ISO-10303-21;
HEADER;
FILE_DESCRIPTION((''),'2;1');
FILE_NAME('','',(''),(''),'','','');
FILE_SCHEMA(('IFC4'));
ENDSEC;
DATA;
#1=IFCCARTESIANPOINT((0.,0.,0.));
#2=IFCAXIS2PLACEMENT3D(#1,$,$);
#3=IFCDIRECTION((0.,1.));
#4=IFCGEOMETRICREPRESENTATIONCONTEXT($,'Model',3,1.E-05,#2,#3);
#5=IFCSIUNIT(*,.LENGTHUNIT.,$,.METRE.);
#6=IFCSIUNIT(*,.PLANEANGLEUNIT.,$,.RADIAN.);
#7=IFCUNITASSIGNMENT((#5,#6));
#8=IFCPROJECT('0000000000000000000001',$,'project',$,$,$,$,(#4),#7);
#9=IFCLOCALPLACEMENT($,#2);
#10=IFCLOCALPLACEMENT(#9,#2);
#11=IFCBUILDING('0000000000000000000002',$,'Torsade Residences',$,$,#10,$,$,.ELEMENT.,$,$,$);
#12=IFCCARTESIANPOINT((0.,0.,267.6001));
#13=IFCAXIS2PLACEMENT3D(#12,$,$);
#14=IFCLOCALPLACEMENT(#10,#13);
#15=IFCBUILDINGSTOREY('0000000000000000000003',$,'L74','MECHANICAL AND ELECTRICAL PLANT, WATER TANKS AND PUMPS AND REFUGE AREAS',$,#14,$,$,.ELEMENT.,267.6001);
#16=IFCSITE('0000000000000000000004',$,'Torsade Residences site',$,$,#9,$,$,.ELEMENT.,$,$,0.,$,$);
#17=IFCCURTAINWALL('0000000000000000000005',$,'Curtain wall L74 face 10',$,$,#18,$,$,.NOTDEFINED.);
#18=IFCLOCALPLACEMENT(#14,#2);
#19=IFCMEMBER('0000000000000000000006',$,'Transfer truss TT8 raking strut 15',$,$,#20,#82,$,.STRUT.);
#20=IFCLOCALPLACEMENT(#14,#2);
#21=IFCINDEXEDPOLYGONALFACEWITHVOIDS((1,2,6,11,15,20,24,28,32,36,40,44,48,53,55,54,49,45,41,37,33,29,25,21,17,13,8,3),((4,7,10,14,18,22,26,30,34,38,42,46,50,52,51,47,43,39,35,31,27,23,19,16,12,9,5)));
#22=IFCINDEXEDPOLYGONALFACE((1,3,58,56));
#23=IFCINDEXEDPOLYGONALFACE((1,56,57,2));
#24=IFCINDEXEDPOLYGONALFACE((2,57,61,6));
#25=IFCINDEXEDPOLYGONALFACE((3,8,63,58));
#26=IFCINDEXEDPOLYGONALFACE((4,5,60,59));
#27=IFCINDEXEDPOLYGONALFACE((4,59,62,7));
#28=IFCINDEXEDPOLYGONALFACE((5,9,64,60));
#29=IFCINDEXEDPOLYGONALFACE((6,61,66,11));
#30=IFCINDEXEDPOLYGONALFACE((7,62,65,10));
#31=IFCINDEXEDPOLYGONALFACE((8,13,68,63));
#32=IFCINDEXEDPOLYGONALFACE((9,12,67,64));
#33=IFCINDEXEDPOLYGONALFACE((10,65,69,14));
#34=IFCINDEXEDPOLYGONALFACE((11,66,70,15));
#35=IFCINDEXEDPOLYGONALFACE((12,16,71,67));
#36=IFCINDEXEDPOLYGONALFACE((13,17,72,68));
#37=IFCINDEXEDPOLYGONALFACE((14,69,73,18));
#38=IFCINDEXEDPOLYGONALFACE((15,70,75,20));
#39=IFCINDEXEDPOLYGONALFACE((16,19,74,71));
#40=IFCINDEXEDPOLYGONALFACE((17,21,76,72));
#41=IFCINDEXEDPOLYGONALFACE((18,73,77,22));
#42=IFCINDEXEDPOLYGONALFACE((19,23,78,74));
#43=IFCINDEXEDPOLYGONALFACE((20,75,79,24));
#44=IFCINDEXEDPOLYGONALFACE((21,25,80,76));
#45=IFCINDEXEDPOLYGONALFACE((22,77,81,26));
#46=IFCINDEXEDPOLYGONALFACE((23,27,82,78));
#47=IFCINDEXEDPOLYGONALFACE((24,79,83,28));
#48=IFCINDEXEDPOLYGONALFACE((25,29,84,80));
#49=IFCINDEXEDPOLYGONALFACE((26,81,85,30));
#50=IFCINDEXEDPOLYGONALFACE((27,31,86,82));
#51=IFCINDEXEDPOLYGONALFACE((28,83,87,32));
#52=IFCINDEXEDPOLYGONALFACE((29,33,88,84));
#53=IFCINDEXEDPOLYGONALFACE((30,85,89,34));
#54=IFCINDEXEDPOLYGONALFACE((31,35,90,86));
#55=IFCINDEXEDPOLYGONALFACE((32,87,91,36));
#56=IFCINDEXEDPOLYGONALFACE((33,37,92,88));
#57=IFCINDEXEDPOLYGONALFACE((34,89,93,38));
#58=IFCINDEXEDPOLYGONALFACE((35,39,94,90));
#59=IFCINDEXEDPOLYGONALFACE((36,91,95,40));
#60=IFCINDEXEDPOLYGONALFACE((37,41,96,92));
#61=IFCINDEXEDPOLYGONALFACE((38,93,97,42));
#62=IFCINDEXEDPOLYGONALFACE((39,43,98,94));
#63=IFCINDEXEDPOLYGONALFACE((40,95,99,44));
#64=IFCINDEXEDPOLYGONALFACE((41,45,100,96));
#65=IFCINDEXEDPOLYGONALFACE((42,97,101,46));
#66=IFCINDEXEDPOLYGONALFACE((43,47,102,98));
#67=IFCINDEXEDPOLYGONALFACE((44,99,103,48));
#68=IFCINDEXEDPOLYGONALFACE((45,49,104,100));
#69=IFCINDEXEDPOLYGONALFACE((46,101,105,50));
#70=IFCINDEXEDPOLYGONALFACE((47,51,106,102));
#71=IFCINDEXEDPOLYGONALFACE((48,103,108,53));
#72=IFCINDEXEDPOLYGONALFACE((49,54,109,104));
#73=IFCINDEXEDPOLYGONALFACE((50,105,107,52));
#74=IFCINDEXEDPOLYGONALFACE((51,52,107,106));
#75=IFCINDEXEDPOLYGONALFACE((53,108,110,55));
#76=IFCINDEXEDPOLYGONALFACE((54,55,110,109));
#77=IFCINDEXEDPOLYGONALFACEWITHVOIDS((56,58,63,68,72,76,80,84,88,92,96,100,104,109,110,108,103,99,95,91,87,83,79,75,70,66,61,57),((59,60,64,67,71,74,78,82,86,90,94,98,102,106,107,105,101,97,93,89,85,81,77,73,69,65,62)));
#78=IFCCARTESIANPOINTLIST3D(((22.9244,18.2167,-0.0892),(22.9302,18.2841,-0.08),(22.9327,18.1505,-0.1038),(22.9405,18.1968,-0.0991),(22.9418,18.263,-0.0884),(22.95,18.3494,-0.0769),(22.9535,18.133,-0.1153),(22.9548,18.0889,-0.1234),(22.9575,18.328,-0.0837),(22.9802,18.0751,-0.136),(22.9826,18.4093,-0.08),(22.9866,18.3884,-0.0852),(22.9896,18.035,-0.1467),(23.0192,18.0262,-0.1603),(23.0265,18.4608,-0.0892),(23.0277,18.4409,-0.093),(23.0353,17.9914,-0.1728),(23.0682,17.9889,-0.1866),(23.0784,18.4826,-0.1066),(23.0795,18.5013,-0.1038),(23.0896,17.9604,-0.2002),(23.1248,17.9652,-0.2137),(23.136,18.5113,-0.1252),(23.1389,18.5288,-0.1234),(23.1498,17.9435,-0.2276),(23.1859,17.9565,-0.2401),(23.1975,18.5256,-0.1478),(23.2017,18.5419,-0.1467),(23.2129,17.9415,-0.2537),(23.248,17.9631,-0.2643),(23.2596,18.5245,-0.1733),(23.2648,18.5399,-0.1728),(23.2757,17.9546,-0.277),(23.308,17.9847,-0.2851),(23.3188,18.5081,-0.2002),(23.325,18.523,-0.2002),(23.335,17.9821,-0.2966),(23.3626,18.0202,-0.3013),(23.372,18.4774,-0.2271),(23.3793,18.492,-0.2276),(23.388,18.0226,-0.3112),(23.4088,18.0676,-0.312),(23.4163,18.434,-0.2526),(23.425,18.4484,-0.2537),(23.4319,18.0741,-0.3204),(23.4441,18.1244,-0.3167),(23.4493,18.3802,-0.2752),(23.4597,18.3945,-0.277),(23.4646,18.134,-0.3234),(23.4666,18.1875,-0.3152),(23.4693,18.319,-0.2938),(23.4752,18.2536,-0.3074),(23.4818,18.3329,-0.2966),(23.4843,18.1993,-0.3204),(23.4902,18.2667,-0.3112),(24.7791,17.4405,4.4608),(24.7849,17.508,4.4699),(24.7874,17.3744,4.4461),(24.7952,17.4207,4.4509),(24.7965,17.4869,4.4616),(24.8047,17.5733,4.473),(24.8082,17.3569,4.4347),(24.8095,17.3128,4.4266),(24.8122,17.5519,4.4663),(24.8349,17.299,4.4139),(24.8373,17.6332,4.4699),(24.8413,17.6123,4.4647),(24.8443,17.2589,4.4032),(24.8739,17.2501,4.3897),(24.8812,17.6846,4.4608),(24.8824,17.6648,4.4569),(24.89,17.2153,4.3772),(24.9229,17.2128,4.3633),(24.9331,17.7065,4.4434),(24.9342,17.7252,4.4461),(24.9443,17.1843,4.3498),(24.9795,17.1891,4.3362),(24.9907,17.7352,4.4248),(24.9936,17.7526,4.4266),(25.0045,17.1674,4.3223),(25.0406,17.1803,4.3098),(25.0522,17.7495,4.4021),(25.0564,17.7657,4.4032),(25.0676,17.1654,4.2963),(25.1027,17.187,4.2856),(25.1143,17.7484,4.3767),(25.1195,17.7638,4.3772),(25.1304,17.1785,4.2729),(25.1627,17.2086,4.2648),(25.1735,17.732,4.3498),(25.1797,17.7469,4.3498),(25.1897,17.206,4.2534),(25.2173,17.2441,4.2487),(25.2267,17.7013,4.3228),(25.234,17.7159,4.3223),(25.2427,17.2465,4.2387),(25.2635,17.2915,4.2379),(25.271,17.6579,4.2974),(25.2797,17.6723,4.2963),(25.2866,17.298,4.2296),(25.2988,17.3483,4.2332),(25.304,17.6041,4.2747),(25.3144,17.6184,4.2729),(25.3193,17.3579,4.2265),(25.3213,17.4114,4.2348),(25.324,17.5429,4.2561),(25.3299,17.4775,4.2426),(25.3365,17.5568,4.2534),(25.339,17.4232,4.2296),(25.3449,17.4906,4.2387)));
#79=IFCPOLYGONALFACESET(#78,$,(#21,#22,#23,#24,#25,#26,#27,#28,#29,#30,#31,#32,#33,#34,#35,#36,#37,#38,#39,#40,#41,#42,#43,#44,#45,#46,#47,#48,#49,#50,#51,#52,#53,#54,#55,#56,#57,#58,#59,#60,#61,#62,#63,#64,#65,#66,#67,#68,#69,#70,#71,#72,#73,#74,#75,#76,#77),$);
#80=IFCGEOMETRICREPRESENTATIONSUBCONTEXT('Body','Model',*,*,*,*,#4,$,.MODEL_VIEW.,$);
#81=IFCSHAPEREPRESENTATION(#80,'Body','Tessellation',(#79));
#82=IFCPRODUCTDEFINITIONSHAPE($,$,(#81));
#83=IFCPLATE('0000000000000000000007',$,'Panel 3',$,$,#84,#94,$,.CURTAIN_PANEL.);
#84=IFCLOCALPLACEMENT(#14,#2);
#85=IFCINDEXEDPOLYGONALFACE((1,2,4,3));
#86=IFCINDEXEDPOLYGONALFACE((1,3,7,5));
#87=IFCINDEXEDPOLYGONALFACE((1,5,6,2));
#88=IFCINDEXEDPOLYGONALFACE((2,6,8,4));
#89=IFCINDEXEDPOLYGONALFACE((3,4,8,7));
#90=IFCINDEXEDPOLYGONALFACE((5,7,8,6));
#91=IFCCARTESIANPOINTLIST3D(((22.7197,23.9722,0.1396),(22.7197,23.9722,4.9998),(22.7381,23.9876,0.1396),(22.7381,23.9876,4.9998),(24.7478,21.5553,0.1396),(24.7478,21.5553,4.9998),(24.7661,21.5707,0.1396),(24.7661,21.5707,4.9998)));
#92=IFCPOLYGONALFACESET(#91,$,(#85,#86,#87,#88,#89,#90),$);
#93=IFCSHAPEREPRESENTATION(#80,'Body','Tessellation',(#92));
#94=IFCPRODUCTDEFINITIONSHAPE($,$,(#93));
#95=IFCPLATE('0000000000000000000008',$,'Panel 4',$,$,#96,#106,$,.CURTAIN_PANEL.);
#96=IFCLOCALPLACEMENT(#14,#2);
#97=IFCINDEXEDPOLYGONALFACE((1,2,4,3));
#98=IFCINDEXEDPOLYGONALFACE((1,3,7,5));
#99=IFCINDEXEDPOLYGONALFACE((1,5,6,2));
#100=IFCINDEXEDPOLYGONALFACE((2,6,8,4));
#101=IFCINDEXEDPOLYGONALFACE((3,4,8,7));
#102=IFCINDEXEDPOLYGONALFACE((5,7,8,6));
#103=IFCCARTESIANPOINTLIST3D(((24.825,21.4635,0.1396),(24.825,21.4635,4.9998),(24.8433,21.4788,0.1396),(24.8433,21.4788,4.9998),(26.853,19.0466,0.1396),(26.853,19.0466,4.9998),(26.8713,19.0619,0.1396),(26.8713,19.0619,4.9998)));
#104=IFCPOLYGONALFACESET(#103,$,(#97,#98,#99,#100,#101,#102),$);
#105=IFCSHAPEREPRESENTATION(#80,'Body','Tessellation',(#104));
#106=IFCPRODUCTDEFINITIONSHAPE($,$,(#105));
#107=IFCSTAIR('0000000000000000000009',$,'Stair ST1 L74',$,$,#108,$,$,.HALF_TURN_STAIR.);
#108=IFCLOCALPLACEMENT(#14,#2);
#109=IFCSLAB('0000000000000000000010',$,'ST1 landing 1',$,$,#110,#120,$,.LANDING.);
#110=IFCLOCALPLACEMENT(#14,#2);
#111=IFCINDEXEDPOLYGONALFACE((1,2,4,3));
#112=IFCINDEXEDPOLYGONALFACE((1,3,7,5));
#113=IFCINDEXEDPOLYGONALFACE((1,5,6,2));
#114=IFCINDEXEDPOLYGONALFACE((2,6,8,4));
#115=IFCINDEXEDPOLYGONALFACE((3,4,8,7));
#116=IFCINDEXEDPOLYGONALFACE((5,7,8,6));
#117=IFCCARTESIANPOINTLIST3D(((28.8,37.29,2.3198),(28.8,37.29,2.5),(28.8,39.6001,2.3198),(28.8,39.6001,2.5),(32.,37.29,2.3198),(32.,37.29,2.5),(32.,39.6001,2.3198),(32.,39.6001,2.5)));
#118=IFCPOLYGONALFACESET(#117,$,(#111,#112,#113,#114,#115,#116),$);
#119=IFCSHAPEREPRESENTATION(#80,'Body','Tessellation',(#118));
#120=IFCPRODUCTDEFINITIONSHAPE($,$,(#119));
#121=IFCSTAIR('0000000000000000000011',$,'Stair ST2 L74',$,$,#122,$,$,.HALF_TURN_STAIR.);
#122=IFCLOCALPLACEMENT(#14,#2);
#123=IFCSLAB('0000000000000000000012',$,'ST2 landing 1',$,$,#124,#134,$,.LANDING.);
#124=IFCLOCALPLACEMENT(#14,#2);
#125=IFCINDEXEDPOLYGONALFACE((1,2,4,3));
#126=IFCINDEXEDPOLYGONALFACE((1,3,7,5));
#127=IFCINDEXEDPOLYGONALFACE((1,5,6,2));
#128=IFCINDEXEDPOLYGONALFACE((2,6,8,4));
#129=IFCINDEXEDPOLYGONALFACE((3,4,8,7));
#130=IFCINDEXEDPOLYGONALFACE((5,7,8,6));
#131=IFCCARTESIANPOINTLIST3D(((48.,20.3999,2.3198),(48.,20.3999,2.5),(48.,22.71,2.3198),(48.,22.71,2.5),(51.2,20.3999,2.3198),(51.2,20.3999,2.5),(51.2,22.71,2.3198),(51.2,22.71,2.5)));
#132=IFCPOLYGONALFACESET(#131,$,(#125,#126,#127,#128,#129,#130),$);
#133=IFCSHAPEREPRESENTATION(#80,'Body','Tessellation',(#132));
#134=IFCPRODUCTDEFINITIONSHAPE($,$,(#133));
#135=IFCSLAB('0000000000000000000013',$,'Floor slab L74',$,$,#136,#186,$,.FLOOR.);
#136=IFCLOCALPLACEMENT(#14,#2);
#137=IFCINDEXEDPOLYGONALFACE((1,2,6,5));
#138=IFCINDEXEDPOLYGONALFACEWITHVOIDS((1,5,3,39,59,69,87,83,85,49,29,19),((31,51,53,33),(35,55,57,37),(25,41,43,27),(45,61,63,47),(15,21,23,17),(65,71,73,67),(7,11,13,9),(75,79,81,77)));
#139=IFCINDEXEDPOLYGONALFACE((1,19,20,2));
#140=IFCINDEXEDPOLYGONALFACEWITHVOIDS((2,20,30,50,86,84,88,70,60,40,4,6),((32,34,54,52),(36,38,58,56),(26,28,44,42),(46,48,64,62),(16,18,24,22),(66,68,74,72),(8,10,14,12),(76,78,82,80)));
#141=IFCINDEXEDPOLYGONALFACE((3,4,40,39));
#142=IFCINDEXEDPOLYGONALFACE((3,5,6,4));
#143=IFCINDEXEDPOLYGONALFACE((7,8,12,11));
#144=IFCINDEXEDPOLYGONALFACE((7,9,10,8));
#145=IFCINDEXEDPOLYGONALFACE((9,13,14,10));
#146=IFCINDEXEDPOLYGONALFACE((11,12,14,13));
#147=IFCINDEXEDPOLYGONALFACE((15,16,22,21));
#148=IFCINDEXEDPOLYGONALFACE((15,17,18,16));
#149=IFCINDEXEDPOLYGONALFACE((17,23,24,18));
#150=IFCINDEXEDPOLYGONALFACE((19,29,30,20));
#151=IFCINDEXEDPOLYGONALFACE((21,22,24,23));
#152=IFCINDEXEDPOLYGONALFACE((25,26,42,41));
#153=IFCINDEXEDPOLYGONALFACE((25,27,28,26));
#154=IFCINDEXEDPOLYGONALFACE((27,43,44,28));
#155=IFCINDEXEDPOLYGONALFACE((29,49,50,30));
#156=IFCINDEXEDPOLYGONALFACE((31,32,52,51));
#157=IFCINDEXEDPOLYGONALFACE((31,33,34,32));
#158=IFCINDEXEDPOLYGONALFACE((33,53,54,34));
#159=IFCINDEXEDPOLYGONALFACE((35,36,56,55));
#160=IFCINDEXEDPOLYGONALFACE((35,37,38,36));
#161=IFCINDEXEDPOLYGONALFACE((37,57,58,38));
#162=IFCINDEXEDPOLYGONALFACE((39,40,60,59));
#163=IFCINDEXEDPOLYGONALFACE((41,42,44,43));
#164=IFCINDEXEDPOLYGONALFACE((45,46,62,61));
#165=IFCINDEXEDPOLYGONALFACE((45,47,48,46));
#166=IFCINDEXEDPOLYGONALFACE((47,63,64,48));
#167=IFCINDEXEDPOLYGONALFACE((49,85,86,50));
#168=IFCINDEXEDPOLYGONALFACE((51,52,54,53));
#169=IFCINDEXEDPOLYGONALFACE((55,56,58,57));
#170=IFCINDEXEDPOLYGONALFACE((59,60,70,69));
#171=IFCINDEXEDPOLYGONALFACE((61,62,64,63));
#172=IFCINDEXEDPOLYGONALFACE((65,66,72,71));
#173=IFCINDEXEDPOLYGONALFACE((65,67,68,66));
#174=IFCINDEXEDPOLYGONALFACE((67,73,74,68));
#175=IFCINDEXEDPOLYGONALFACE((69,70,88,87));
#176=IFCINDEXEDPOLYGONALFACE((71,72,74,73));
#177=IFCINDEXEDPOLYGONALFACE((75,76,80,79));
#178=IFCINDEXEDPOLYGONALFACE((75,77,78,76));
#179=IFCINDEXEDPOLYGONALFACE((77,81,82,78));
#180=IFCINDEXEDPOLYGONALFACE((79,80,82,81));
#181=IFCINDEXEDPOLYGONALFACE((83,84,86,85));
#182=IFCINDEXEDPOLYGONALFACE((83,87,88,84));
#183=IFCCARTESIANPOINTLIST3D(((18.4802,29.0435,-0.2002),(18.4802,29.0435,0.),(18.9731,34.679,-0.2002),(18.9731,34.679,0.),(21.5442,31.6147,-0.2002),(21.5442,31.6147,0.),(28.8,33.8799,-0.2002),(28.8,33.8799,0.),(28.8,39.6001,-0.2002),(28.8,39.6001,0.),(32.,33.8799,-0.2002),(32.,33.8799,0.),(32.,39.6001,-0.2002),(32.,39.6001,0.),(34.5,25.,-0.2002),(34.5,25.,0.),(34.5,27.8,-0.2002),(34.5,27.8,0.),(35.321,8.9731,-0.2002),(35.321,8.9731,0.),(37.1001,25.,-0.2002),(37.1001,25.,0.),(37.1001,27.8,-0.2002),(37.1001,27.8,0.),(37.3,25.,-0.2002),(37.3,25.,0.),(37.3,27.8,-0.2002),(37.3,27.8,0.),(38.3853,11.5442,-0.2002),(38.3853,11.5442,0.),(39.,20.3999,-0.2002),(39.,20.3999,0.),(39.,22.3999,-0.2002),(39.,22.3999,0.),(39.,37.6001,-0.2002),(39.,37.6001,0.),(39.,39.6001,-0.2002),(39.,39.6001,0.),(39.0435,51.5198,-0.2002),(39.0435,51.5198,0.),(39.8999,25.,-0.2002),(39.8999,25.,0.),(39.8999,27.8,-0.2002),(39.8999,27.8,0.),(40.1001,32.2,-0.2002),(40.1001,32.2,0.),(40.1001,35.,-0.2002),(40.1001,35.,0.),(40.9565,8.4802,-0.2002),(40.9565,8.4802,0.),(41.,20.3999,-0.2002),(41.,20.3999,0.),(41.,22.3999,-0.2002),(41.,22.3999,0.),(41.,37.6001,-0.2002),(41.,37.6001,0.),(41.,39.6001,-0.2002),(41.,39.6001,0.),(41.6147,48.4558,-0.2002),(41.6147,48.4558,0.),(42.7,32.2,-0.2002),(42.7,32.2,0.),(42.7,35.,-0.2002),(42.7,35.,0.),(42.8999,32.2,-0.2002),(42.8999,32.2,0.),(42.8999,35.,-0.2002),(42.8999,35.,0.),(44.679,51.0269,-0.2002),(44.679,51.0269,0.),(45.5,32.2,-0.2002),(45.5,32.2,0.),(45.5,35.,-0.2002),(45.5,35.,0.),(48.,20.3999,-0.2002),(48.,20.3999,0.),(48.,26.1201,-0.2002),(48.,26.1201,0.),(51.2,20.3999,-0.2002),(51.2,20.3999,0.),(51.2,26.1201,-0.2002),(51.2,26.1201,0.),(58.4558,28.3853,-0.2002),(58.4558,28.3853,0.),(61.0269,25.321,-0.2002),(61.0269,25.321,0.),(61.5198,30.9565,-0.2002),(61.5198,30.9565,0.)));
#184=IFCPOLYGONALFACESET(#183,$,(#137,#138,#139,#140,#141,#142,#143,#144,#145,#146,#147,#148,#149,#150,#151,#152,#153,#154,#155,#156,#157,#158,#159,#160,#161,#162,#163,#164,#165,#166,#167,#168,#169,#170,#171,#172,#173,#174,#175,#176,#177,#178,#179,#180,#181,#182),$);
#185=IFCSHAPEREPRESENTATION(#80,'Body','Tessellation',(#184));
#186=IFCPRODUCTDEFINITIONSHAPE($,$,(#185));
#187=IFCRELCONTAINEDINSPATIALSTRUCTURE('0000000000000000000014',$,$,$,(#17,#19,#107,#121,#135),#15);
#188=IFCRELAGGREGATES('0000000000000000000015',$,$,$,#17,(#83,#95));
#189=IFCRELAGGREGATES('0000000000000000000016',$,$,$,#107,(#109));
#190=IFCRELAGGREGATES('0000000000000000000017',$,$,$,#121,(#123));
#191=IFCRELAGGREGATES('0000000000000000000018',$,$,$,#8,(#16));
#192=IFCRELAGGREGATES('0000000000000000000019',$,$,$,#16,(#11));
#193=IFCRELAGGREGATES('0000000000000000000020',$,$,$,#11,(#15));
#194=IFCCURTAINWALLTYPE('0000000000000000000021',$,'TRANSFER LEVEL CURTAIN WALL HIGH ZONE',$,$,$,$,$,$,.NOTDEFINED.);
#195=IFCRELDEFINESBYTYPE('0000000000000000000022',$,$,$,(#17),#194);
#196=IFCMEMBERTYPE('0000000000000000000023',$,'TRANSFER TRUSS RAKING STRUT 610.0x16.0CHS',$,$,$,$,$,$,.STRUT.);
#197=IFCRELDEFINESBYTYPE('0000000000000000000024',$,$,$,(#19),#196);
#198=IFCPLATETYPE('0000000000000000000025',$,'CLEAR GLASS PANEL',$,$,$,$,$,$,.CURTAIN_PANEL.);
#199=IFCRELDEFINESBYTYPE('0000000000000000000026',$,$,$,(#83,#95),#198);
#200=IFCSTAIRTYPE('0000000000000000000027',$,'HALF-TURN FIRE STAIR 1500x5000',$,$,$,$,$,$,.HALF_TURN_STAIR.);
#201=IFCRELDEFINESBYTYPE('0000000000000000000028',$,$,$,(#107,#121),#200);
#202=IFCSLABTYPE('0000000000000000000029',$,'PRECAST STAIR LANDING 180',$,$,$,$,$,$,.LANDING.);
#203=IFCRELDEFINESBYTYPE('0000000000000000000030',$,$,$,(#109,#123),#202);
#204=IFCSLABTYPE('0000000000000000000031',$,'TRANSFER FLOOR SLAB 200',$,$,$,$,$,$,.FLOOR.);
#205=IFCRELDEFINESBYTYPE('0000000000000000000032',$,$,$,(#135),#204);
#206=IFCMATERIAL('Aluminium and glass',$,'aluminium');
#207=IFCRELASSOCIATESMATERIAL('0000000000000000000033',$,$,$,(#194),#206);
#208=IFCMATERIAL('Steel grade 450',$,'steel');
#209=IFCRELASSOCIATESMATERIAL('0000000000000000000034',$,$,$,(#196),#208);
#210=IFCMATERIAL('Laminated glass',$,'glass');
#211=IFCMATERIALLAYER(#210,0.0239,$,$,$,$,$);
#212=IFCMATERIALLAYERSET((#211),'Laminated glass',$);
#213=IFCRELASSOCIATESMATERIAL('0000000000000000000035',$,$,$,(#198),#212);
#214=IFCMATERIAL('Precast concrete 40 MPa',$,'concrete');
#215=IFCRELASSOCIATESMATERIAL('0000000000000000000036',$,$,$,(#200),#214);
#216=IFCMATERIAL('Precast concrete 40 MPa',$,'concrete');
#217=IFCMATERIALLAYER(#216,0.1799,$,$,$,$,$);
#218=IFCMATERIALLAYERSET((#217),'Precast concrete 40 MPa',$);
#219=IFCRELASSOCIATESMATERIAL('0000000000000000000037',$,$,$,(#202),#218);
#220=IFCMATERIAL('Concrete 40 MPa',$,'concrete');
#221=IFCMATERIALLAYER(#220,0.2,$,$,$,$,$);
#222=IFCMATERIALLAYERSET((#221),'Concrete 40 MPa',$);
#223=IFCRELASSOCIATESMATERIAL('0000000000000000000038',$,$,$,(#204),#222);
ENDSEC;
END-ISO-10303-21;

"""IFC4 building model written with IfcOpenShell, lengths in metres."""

from ifc_helpers import new_model, si_unit, direction, frame, origin, origin_2d, place, context, subcontext, project, spatial, polyline, rectangle, hollow_circle, outline, extrude, material, layer, layer_set, material_profile, profile_set, type_object, element, aggregate, save


model = new_model("IFC4")

# Units and contexts
model_context = context("Model", 3, precision=1e-05, world=origin(), true_north=direction((0.0, 1.0)))
body_context = subcontext(model_context, "Body", "Model", "MODEL_VIEW")
ifc_project = project(units=[si_unit("LENGTHUNIT", "METRE"), si_unit("PLANEANGLEUNIT", "RADIAN")], contexts=[model_context])

# Site, building, storey
site_placement = place(None, origin())
site = spatial("IfcSite", under=ifc_project, at=site_placement, Name="Torsade Residences site", CompositionType="ELEMENT", RefElevation=0.0)
building_placement = place(site_placement, origin())
building = spatial("IfcBuilding", under=site, at=building_placement, Name="Torsade Residences", CompositionType="ELEMENT")
storey_placement = place(building_placement, frame((0.0, 0.0, 267.6001)))
storey = spatial("IfcBuildingStorey", under=building, at=storey_placement, Name="L74", Description="MECHANICAL AND ELECTRICAL PLANT, WATER TANKS AND PUMPS AND REFUGE AREAS", CompositionType="ELEMENT", Elevation=267.6001)

# Curtain wall
ifc_material_1 = material(Name="Aluminium and glass", Category="aluminium")
curtain_wall_type = type_object("IfcCurtainWallType", Name="TRANSFER LEVEL CURTAIN WALL HIGH ZONE", PredefinedType="NOTDEFINED", material=ifc_material_1)
curtain_wall_placement = place(storey_placement, origin())
curtain_wall = element("IfcCurtainWall", 1, at=curtain_wall_placement, inside=storey, type_object=curtain_wall_type, Name="Curtain wall L74 face 10", PredefinedType="NOTDEFINED")

# Member
ifc_material_2 = material(Name="Steel grade 450", Category="steel")
ifc_material_profile_1 = material_profile(ifc_material_2, hollow_circle(Radius=0.3049, WallThickness=0.0161, at=origin_2d()), Name="610.0x16.0CHS")
ifc_profile_set_1 = profile_set([ifc_material_profile_1], Name="Steel grade 450")
member_type_1 = type_object("IfcMemberType", Name="TRANSFER TRUSS RAKING STRUT 610.0x16.0CHS", PredefinedType="STRUT", material=ifc_profile_set_1)
member_1_placement = place(storey_placement, frame((23.2073, 18.2417, -0.2002), z_axis=(0.372851, -0.156021, 0.91468), x_axis=(0.38602, 0.92249, 0.0)))
element("IfcMember", 2, at=member_1_placement, inside=storey, type_object=member_type_1, Name="Transfer truss TT8 raking strut 15", PredefinedType="STRUT", context=body_context, shape_type="SweptSolid", body=[
    extrude(hollow_circle(Radius=0.3049, WallThickness=0.0161, at=origin_2d()), origin(), (0.0, 0.0, 1.0), 4.9744),
])

# Plates
ifc_material_3 = material(Name="Laminated glass", Category="glass")
ifc_layer_1 = layer(ifc_material_3, 0.0239)
ifc_layer_set_1 = layer_set([ifc_layer_1], Name="Laminated glass")
plate_type = type_object("IfcPlateType", Name="CLEAR GLASS PANEL", PredefinedType="CURTAIN_PANEL", material=ifc_layer_set_1)
plate_1_placement = place(storey_placement, frame((23.7429, 22.7715, 0.1396), z_axis=(0.0, 0.0, 1.0), x_axis=(0.642788, -0.766044, 0.0)))
plate_1 = element("IfcPlate", 3, at=plate_1_placement, type_object=plate_type, Name="Panel 3", PredefinedType="CURTAIN_PANEL", context=body_context, shape_type="SweptSolid", body=[
    extrude(rectangle(XDim=3.155, YDim=0.0239, at=origin_2d()), origin(), (0.0, 0.0, 1.0), 4.8601),
])
plate_2_placement = place(storey_placement, frame((25.8481, 20.2627, 0.1396), z_axis=(0.0, 0.0, 1.0), x_axis=(0.642788, -0.766044, 0.0)))
plate_2 = element("IfcPlate", 4, at=plate_2_placement, type_object=plate_type, Name="Panel 4", PredefinedType="CURTAIN_PANEL", context=body_context, shape_type="SweptSolid", body=[
    extrude(rectangle(XDim=3.155, YDim=0.0239, at=origin_2d()), origin(), (0.0, 0.0, 1.0), 4.8601),
])
aggregate(curtain_wall, [plate_1, plate_2])

# Stairs, slabs
ifc_material_4 = material(Name="Precast concrete 40 MPa", Category="concrete")
stair_type = type_object("IfcStairType", Name="HALF-TURN FIRE STAIR 1500x5000", PredefinedType="HALF_TURN_STAIR", material=ifc_material_4)
stair_1_placement = place(storey_placement, origin())
stair_1 = element("IfcStair", 5, at=stair_1_placement, inside=storey, type_object=stair_type, Name="Stair ST1 L74", PredefinedType="HALF_TURN_STAIR")
ifc_material_5 = material(Name="Precast concrete 40 MPa", Category="concrete")
ifc_layer_2 = layer(ifc_material_5, 0.1799)
ifc_layer_set_2 = layer_set([ifc_layer_2], Name="Precast concrete 40 MPa")
slab_type_1 = type_object("IfcSlabType", Name="PRECAST STAIR LANDING 180", PredefinedType="LANDING", material=ifc_layer_set_2)
slab_1_placement = place(storey_placement, frame((0.0, 0.0, 2.3198)))
slab_1 = element("IfcSlab", 6, at=slab_1_placement, type_object=slab_type_1, Name="ST1 landing 1", PredefinedType="LANDING", context=body_context, shape_type="SweptSolid", body=[
    extrude(outline(polyline([(28.8, 37.29), (32.0, 37.29), (32.0, 39.6001), (28.8, 39.6001), (28.8, 37.29)])), origin(), (0.0, 0.0, 1.0), 0.1802),
])
aggregate(stair_1, [slab_1])
stair_2_placement = place(storey_placement, origin())
stair_2 = element("IfcStair", 7, at=stair_2_placement, inside=storey, type_object=stair_type, Name="Stair ST2 L74", PredefinedType="HALF_TURN_STAIR")
slab_2_placement = place(storey_placement, frame((0.0, 0.0, 2.3198)))
slab_2 = element("IfcSlab", 8, at=slab_2_placement, type_object=slab_type_1, Name="ST2 landing 1", PredefinedType="LANDING", context=body_context, shape_type="SweptSolid", body=[
    extrude(outline(polyline([(48.0, 20.3999), (51.2, 20.3999), (51.2, 22.71), (48.0, 22.71), (48.0, 20.3999)])), origin(), (0.0, 0.0, 1.0), 0.1802),
])
aggregate(stair_2, [slab_2])

# Slab
ifc_material_6 = material(Name="Concrete 40 MPa", Category="concrete")
ifc_layer_3 = layer(ifc_material_6, 0.2)
ifc_layer_set_3 = layer_set([ifc_layer_3], Name="Concrete 40 MPa")
slab_type_2 = type_object("IfcSlabType", Name="TRANSFER FLOOR SLAB 200", PredefinedType="FLOOR", material=ifc_layer_set_3)
slab_3_placement = place(storey_placement, frame((0.0, 0.0, -0.2002)))
element("IfcSlab", 9, at=slab_3_placement, inside=storey, type_object=slab_type_2, Name="Floor slab L74", PredefinedType="FLOOR", context=body_context, shape_type="SweptSolid", body=[
    extrude(outline(polyline([(40.9565, 8.4802), (61.0269, 25.321), (58.4558, 28.3853), (61.5198, 30.9565), (44.679, 51.0269), (41.6147, 48.4558), (39.0435, 51.5198), (18.9731, 34.679), (21.5442, 31.6147), (18.4802, 29.0435), (35.321, 8.9731), (38.3853, 11.5442), (40.9565, 8.4802)]), holes=[polyline([(51.2, 26.1201), (48.0, 26.1201), (48.0, 20.3999), (51.2, 20.3999), (51.2, 26.1201)]), polyline([(45.5, 35.0), (42.8999, 35.0), (42.8999, 32.2), (45.5, 32.2), (45.5, 35.0)]), polyline([(42.7, 35.0), (40.1001, 35.0), (40.1001, 32.2), (42.7, 32.2), (42.7, 35.0)]), polyline([(41.0, 22.3999), (39.0, 22.3999), (39.0, 20.3999), (41.0, 20.3999), (41.0, 22.3999)]), polyline([(41.0, 39.6001), (39.0, 39.6001), (39.0, 37.6001), (41.0, 37.6001), (41.0, 39.6001)]), polyline([(39.8999, 27.8), (37.3, 27.8), (37.3, 25.0), (39.8999, 25.0), (39.8999, 27.8)]), polyline([(37.1001, 27.8), (34.5, 27.8), (34.5, 25.0), (37.1001, 25.0), (37.1001, 27.8)]), polyline([(32.0, 39.6001), (28.8, 39.6001), (28.8, 33.8799), (32.0, 33.8799), (32.0, 39.6001)])]), origin(), (0.0, 0.0, 1.0), 0.2002),
])

save(model, "model.ifc")
